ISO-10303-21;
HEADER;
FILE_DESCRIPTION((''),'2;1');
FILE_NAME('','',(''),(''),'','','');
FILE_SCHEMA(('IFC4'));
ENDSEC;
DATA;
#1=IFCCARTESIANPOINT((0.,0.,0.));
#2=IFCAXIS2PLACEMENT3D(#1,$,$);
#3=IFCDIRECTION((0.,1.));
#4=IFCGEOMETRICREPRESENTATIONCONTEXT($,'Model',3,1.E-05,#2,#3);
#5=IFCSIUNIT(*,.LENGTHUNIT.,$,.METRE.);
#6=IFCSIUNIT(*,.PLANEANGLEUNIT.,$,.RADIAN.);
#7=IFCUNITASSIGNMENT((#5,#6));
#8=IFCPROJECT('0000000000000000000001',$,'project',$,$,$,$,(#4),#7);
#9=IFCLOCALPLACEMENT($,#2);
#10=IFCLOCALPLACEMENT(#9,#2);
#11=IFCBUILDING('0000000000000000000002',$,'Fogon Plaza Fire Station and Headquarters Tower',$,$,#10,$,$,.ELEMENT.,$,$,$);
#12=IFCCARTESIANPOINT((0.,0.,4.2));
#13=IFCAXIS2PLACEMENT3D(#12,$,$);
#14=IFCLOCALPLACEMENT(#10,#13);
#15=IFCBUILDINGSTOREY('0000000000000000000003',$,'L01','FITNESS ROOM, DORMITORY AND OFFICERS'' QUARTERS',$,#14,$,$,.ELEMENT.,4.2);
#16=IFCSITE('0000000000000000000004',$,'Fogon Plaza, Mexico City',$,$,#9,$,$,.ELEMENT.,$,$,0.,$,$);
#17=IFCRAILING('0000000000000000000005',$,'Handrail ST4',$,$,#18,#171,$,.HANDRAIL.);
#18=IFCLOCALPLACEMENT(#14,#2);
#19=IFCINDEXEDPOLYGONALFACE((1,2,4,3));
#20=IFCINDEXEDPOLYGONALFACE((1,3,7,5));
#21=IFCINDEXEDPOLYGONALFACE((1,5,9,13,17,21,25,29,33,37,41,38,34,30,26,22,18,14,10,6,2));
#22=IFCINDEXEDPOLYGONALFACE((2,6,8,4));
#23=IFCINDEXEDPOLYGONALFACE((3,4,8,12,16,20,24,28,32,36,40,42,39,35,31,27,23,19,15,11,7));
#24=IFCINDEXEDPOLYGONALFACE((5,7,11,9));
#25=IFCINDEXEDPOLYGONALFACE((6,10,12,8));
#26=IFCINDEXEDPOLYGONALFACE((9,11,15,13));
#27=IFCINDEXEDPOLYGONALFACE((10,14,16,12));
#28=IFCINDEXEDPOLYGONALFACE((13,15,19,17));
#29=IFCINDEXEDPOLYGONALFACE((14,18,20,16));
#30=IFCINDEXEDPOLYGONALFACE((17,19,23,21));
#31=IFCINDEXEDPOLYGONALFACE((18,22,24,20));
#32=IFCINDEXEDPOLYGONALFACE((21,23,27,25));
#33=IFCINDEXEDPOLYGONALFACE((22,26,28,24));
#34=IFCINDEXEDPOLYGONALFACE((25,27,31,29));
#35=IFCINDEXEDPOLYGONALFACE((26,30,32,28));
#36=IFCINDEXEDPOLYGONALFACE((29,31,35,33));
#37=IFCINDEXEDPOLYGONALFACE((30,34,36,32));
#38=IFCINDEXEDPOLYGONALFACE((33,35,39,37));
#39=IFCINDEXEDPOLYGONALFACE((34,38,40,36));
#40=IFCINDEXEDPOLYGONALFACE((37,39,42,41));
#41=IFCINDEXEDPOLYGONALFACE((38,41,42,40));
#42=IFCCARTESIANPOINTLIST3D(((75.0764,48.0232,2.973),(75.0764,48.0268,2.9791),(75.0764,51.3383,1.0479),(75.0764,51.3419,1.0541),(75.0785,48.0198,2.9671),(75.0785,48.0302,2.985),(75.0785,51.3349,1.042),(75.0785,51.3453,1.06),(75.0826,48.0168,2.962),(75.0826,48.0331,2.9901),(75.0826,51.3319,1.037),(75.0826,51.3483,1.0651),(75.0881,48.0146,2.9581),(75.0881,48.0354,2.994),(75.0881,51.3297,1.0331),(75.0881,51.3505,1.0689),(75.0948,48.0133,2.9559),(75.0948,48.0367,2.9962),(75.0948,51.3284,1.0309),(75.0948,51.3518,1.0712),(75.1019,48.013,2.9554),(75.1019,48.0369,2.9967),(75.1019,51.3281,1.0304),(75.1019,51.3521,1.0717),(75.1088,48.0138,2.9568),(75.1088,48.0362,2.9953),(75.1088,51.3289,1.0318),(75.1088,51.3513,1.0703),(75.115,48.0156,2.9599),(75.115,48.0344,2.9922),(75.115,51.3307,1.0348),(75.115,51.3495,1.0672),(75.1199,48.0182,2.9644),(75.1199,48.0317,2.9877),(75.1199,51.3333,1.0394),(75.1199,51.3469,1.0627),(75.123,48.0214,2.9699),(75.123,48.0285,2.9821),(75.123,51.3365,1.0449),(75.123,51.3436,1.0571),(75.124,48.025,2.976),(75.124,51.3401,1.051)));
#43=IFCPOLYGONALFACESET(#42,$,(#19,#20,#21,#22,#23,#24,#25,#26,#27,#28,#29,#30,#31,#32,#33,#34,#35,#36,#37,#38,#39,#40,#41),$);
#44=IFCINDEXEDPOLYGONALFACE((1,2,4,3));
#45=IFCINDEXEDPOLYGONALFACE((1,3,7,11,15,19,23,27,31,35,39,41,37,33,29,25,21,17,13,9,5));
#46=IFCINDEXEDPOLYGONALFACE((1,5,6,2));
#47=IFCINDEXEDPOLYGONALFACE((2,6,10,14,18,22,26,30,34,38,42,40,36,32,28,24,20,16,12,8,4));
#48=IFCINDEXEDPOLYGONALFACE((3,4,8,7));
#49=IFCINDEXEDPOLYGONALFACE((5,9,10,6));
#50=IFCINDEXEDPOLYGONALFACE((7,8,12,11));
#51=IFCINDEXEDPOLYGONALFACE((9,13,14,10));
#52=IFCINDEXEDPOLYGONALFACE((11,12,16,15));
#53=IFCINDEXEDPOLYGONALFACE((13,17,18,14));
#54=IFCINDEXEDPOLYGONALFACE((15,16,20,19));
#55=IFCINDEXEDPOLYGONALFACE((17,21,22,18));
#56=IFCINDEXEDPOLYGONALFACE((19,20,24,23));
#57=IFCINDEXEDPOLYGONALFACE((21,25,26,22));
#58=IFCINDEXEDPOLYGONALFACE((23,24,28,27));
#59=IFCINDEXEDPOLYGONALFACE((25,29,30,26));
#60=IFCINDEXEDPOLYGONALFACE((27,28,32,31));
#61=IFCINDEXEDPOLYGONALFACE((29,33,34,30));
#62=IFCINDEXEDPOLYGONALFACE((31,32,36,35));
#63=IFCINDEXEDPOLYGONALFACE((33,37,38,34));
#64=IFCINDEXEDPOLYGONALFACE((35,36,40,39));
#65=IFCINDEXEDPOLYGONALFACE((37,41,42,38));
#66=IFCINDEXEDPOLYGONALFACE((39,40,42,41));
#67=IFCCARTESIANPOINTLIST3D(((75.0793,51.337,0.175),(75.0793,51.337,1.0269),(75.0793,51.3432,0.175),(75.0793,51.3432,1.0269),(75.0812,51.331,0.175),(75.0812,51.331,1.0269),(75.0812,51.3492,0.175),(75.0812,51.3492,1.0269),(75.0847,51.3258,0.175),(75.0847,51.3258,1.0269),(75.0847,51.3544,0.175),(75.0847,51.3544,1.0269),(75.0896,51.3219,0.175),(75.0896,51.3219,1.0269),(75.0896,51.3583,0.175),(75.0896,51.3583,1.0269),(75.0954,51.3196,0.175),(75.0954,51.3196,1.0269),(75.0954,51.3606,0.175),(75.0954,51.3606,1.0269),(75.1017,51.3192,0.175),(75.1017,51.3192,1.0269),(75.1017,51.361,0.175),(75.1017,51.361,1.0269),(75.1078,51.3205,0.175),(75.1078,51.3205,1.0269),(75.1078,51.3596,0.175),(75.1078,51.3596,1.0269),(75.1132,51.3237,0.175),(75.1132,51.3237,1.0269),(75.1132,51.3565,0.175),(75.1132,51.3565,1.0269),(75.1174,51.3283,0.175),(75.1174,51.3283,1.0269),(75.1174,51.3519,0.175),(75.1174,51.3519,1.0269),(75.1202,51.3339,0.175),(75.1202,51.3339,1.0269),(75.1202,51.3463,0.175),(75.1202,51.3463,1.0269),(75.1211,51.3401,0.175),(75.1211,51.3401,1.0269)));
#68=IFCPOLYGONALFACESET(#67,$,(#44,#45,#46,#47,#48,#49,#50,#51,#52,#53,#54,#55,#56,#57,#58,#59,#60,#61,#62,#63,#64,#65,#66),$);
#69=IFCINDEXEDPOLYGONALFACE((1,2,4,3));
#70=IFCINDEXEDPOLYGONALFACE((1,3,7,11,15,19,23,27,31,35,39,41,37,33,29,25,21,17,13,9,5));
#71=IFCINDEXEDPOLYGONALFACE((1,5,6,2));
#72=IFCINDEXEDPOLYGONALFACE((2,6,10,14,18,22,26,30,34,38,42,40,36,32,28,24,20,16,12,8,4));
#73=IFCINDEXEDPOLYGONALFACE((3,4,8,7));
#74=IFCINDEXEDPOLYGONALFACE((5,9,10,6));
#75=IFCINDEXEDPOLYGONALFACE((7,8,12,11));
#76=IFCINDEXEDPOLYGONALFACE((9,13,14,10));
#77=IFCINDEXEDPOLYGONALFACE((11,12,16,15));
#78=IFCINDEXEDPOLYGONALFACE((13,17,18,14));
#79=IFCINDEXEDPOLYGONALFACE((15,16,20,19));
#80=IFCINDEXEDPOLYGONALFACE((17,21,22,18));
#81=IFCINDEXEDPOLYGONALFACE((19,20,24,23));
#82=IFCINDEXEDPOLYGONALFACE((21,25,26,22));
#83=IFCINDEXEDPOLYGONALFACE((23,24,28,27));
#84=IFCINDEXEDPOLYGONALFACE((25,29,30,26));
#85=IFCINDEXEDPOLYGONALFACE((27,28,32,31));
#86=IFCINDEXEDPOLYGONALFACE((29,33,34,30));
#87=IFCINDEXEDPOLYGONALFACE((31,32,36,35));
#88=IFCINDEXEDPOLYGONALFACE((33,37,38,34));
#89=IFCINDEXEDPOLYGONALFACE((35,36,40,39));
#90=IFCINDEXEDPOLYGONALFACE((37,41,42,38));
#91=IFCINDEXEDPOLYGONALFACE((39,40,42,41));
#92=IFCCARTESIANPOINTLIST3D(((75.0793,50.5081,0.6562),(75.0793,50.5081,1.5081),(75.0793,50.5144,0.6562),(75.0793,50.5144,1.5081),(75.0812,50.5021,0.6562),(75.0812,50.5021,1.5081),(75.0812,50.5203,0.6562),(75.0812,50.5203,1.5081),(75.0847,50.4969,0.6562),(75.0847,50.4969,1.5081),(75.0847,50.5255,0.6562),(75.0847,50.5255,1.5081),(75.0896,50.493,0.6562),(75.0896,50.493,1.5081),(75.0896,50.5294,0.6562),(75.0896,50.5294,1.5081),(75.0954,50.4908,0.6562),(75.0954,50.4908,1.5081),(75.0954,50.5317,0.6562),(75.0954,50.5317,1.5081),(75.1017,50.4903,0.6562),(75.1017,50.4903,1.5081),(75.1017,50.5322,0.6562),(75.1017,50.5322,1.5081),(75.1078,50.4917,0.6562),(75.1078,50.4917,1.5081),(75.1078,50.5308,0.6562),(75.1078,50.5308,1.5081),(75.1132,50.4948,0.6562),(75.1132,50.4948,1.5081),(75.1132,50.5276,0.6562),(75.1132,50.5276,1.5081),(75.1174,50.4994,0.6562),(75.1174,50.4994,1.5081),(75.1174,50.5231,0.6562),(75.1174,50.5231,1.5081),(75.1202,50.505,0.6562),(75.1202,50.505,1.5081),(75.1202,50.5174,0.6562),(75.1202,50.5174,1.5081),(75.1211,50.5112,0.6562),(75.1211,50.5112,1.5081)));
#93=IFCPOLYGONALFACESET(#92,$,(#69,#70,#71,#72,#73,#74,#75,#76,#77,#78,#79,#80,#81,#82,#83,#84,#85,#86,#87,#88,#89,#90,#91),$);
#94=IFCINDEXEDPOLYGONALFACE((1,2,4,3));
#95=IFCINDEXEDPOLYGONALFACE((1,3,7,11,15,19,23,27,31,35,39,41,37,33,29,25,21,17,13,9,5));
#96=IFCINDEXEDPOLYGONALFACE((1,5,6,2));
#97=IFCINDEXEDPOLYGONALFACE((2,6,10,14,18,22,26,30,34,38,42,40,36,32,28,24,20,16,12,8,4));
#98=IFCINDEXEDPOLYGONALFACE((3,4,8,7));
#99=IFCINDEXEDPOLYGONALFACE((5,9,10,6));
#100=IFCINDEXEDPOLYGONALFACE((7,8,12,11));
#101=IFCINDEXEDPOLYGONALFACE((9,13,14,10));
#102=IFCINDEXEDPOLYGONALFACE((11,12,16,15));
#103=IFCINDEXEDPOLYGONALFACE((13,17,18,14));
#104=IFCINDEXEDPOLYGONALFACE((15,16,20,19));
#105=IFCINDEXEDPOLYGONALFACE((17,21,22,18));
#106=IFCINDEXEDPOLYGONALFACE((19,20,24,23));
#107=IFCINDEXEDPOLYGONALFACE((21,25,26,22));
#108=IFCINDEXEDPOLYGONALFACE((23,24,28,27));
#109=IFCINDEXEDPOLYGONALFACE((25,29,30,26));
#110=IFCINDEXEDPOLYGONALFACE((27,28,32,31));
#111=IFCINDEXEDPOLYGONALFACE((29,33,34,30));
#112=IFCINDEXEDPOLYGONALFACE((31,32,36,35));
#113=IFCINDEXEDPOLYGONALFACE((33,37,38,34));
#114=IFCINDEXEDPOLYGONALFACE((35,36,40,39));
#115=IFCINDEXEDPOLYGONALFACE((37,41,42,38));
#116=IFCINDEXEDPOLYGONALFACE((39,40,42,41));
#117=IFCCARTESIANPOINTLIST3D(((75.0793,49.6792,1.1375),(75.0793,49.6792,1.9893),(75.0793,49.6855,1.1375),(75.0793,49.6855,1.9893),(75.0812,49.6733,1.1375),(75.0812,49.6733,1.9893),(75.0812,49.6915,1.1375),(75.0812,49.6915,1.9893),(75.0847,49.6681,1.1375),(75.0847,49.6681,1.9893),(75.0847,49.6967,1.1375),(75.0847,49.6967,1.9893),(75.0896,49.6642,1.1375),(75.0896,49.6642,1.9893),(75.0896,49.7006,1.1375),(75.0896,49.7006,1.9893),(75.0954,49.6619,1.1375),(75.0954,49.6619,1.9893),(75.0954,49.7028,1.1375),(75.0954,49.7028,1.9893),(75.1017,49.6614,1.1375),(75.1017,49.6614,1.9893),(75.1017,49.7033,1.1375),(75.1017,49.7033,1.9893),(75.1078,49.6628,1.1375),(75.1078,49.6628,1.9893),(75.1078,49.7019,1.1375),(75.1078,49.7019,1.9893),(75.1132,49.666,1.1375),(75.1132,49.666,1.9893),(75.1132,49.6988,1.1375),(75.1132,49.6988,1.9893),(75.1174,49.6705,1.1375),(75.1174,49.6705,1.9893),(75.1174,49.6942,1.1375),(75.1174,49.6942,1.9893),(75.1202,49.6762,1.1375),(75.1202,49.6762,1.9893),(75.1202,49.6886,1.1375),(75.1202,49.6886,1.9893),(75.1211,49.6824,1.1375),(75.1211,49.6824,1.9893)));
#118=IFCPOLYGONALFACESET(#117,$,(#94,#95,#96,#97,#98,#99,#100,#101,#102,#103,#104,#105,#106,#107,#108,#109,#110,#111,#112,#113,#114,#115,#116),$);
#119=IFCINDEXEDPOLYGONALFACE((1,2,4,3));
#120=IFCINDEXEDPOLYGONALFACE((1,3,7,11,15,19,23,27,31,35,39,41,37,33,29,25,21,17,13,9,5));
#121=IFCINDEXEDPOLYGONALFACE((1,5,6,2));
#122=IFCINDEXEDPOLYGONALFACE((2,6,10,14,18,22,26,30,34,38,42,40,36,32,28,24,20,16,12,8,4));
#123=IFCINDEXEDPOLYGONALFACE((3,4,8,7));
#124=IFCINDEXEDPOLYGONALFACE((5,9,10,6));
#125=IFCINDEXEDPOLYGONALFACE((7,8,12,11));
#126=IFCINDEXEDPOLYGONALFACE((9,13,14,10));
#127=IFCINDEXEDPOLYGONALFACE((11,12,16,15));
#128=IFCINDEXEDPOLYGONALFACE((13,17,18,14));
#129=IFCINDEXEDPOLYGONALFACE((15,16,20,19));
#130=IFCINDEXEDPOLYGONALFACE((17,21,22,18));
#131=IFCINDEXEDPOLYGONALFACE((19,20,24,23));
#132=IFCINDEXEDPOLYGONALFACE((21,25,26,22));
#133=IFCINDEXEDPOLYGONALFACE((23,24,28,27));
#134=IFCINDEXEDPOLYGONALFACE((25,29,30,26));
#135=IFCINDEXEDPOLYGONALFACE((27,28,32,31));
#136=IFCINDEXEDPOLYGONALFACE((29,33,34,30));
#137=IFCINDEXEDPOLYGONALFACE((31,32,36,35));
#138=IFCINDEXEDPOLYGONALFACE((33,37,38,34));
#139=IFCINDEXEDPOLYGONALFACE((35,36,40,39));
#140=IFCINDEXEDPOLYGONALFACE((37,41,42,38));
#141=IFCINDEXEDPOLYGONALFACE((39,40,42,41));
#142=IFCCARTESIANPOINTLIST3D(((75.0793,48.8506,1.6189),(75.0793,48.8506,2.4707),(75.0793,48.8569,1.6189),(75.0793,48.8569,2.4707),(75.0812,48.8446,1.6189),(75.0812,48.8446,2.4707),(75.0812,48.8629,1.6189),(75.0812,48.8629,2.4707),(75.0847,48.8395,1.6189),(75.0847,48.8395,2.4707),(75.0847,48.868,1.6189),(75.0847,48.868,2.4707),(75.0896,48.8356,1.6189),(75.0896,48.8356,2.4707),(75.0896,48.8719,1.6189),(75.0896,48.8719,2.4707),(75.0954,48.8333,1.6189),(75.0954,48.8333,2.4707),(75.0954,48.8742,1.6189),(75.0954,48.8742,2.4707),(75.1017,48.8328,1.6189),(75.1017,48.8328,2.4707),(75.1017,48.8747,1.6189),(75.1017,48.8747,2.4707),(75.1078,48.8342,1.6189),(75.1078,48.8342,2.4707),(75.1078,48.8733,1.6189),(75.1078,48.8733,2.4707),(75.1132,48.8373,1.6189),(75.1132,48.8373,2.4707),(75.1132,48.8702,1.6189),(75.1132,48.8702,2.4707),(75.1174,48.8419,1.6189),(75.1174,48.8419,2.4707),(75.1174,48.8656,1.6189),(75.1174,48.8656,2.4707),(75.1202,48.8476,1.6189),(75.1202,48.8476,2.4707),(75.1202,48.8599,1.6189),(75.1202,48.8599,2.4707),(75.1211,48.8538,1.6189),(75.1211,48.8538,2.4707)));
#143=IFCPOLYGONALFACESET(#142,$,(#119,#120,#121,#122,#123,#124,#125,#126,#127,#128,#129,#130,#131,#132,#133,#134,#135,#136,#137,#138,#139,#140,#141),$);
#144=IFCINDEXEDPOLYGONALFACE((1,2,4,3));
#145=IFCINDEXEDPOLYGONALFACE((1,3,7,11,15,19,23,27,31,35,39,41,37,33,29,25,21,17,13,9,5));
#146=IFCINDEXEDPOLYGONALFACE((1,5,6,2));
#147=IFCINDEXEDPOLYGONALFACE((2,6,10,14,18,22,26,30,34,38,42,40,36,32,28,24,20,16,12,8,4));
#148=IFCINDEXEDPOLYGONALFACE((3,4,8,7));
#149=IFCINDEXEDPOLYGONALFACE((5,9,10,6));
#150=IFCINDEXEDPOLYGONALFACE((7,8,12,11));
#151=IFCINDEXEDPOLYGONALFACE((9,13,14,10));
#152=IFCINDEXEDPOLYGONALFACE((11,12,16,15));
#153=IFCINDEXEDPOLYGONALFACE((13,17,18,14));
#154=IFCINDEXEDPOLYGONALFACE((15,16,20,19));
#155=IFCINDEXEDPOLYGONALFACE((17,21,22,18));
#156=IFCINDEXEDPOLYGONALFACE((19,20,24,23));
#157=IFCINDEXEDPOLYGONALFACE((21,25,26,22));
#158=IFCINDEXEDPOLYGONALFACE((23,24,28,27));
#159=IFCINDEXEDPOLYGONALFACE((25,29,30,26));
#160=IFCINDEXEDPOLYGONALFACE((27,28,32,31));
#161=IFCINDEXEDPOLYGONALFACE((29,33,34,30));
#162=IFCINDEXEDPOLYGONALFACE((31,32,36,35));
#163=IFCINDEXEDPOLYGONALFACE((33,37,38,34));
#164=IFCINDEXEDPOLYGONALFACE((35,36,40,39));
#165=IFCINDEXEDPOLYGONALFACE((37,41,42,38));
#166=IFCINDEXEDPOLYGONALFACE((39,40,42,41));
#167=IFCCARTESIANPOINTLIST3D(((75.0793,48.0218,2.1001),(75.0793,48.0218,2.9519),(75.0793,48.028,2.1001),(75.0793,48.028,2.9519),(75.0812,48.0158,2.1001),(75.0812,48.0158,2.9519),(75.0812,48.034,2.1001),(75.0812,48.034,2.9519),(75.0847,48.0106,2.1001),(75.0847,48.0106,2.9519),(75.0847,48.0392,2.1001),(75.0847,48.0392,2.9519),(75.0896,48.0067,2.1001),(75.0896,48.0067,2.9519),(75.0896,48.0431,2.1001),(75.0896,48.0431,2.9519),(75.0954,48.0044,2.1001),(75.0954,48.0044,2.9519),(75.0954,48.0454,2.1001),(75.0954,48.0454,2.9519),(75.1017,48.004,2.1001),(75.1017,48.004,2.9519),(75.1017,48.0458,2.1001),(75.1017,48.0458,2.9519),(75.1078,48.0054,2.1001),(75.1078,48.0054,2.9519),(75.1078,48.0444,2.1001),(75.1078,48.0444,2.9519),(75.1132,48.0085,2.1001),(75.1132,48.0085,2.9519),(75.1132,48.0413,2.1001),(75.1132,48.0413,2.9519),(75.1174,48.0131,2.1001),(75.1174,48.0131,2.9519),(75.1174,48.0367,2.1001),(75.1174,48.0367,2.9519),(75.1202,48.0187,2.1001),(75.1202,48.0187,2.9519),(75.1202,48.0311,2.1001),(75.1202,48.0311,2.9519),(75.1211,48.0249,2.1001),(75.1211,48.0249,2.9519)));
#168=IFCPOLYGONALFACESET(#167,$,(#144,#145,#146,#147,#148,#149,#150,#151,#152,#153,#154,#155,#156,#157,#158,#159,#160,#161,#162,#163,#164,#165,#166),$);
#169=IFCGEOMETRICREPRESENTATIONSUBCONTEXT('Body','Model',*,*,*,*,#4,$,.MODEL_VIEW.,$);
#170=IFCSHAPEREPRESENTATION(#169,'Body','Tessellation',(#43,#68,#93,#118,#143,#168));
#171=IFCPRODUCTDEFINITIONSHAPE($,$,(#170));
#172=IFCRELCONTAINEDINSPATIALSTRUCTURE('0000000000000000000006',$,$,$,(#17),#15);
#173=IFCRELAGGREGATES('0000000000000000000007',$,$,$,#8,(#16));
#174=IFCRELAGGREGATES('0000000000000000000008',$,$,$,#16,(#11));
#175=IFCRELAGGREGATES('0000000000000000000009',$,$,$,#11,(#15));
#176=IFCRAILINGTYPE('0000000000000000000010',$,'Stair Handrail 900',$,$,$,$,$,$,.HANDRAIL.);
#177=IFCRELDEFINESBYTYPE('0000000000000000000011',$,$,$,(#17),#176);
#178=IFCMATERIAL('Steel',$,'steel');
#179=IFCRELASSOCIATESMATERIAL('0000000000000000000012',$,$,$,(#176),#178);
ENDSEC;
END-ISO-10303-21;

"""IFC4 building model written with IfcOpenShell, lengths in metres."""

from ifc_helpers import new_model, si_unit, direction, frame, origin, origin_2d, place, context, subcontext, project, spatial, circle, extrude, material, type_object, element, save


model = new_model("IFC4")

# Units and contexts
model_context = context("Model", 3, precision=1e-05, world=origin(), true_north=direction((0.0, 1.0)))
body_context = subcontext(model_context, "Body", "Model", "MODEL_VIEW")
ifc_project = project(units=[si_unit("LENGTHUNIT", "METRE"), si_unit("PLANEANGLEUNIT", "RADIAN")], contexts=[model_context])

# Site, building, storey
site_placement = place(None, origin())
site = spatial("IfcSite", under=ifc_project, at=site_placement, Name="Fogon Plaza, Mexico City", CompositionType="ELEMENT", RefElevation=0.0)
building_placement = place(site_placement, origin())
building = spatial("IfcBuilding", under=site, at=building_placement, Name="Fogon Plaza Fire Station and Headquarters Tower", CompositionType="ELEMENT")
storey_placement = place(building_placement, frame((0.0, 0.0, 4.2)))
storey = spatial("IfcBuildingStorey", under=building, at=storey_placement, Name="L01", Description="FITNESS ROOM, DORMITORY AND OFFICERS' QUARTERS", CompositionType="ELEMENT", Elevation=4.2)

# Railing
ifc_material_1 = material(Name="Steel", Category="steel")
railing_type = type_object("IfcRailingType", Name="Stair Handrail 900", PredefinedType="HANDRAIL", material=ifc_material_1)
for number, where, name in (
    (1, (75.1001, 51.3401, 0.175), "Handrail ST4"),
):
    element("IfcRailing", number, at=place(storey_placement, frame(where)), inside=storey, type_object=railing_type, Name=name, PredefinedType="HANDRAIL", context=body_context, shape_type="SweptSolid", body=[
        extrude(circle(Radius=0.0239, at=origin_2d()), frame((0.0, 0.0, 0.876), z_axis=(0.0, -0.864777, 0.502155), x_axis=(1.0, 0.0, 0.0)), (0.0, 0.0, 1.0), 3.8335),
        extrude(circle(Radius=0.021, at=origin_2d()), origin(), (0.0, 0.0, 1.0), 0.8518),
        extrude(circle(Radius=0.021, at=origin_2d()), frame((0.0, -0.8289, 0.4812)), (0.0, 0.0, 1.0), 0.8518),
        extrude(circle(Radius=0.021, at=origin_2d()), frame((0.0, -1.6577, 0.9624)), (0.0, 0.0, 1.0), 0.8518),
        extrude(circle(Radius=0.021, at=origin_2d()), frame((0.0, -2.4863, 1.4438)), (0.0, 0.0, 1.0), 0.8518),
        extrude(circle(Radius=0.021, at=origin_2d()), frame((0.0, -3.3152, 1.925)), (0.0, 0.0, 1.0), 0.8518),
    ])

save(model, "model.ifc")
